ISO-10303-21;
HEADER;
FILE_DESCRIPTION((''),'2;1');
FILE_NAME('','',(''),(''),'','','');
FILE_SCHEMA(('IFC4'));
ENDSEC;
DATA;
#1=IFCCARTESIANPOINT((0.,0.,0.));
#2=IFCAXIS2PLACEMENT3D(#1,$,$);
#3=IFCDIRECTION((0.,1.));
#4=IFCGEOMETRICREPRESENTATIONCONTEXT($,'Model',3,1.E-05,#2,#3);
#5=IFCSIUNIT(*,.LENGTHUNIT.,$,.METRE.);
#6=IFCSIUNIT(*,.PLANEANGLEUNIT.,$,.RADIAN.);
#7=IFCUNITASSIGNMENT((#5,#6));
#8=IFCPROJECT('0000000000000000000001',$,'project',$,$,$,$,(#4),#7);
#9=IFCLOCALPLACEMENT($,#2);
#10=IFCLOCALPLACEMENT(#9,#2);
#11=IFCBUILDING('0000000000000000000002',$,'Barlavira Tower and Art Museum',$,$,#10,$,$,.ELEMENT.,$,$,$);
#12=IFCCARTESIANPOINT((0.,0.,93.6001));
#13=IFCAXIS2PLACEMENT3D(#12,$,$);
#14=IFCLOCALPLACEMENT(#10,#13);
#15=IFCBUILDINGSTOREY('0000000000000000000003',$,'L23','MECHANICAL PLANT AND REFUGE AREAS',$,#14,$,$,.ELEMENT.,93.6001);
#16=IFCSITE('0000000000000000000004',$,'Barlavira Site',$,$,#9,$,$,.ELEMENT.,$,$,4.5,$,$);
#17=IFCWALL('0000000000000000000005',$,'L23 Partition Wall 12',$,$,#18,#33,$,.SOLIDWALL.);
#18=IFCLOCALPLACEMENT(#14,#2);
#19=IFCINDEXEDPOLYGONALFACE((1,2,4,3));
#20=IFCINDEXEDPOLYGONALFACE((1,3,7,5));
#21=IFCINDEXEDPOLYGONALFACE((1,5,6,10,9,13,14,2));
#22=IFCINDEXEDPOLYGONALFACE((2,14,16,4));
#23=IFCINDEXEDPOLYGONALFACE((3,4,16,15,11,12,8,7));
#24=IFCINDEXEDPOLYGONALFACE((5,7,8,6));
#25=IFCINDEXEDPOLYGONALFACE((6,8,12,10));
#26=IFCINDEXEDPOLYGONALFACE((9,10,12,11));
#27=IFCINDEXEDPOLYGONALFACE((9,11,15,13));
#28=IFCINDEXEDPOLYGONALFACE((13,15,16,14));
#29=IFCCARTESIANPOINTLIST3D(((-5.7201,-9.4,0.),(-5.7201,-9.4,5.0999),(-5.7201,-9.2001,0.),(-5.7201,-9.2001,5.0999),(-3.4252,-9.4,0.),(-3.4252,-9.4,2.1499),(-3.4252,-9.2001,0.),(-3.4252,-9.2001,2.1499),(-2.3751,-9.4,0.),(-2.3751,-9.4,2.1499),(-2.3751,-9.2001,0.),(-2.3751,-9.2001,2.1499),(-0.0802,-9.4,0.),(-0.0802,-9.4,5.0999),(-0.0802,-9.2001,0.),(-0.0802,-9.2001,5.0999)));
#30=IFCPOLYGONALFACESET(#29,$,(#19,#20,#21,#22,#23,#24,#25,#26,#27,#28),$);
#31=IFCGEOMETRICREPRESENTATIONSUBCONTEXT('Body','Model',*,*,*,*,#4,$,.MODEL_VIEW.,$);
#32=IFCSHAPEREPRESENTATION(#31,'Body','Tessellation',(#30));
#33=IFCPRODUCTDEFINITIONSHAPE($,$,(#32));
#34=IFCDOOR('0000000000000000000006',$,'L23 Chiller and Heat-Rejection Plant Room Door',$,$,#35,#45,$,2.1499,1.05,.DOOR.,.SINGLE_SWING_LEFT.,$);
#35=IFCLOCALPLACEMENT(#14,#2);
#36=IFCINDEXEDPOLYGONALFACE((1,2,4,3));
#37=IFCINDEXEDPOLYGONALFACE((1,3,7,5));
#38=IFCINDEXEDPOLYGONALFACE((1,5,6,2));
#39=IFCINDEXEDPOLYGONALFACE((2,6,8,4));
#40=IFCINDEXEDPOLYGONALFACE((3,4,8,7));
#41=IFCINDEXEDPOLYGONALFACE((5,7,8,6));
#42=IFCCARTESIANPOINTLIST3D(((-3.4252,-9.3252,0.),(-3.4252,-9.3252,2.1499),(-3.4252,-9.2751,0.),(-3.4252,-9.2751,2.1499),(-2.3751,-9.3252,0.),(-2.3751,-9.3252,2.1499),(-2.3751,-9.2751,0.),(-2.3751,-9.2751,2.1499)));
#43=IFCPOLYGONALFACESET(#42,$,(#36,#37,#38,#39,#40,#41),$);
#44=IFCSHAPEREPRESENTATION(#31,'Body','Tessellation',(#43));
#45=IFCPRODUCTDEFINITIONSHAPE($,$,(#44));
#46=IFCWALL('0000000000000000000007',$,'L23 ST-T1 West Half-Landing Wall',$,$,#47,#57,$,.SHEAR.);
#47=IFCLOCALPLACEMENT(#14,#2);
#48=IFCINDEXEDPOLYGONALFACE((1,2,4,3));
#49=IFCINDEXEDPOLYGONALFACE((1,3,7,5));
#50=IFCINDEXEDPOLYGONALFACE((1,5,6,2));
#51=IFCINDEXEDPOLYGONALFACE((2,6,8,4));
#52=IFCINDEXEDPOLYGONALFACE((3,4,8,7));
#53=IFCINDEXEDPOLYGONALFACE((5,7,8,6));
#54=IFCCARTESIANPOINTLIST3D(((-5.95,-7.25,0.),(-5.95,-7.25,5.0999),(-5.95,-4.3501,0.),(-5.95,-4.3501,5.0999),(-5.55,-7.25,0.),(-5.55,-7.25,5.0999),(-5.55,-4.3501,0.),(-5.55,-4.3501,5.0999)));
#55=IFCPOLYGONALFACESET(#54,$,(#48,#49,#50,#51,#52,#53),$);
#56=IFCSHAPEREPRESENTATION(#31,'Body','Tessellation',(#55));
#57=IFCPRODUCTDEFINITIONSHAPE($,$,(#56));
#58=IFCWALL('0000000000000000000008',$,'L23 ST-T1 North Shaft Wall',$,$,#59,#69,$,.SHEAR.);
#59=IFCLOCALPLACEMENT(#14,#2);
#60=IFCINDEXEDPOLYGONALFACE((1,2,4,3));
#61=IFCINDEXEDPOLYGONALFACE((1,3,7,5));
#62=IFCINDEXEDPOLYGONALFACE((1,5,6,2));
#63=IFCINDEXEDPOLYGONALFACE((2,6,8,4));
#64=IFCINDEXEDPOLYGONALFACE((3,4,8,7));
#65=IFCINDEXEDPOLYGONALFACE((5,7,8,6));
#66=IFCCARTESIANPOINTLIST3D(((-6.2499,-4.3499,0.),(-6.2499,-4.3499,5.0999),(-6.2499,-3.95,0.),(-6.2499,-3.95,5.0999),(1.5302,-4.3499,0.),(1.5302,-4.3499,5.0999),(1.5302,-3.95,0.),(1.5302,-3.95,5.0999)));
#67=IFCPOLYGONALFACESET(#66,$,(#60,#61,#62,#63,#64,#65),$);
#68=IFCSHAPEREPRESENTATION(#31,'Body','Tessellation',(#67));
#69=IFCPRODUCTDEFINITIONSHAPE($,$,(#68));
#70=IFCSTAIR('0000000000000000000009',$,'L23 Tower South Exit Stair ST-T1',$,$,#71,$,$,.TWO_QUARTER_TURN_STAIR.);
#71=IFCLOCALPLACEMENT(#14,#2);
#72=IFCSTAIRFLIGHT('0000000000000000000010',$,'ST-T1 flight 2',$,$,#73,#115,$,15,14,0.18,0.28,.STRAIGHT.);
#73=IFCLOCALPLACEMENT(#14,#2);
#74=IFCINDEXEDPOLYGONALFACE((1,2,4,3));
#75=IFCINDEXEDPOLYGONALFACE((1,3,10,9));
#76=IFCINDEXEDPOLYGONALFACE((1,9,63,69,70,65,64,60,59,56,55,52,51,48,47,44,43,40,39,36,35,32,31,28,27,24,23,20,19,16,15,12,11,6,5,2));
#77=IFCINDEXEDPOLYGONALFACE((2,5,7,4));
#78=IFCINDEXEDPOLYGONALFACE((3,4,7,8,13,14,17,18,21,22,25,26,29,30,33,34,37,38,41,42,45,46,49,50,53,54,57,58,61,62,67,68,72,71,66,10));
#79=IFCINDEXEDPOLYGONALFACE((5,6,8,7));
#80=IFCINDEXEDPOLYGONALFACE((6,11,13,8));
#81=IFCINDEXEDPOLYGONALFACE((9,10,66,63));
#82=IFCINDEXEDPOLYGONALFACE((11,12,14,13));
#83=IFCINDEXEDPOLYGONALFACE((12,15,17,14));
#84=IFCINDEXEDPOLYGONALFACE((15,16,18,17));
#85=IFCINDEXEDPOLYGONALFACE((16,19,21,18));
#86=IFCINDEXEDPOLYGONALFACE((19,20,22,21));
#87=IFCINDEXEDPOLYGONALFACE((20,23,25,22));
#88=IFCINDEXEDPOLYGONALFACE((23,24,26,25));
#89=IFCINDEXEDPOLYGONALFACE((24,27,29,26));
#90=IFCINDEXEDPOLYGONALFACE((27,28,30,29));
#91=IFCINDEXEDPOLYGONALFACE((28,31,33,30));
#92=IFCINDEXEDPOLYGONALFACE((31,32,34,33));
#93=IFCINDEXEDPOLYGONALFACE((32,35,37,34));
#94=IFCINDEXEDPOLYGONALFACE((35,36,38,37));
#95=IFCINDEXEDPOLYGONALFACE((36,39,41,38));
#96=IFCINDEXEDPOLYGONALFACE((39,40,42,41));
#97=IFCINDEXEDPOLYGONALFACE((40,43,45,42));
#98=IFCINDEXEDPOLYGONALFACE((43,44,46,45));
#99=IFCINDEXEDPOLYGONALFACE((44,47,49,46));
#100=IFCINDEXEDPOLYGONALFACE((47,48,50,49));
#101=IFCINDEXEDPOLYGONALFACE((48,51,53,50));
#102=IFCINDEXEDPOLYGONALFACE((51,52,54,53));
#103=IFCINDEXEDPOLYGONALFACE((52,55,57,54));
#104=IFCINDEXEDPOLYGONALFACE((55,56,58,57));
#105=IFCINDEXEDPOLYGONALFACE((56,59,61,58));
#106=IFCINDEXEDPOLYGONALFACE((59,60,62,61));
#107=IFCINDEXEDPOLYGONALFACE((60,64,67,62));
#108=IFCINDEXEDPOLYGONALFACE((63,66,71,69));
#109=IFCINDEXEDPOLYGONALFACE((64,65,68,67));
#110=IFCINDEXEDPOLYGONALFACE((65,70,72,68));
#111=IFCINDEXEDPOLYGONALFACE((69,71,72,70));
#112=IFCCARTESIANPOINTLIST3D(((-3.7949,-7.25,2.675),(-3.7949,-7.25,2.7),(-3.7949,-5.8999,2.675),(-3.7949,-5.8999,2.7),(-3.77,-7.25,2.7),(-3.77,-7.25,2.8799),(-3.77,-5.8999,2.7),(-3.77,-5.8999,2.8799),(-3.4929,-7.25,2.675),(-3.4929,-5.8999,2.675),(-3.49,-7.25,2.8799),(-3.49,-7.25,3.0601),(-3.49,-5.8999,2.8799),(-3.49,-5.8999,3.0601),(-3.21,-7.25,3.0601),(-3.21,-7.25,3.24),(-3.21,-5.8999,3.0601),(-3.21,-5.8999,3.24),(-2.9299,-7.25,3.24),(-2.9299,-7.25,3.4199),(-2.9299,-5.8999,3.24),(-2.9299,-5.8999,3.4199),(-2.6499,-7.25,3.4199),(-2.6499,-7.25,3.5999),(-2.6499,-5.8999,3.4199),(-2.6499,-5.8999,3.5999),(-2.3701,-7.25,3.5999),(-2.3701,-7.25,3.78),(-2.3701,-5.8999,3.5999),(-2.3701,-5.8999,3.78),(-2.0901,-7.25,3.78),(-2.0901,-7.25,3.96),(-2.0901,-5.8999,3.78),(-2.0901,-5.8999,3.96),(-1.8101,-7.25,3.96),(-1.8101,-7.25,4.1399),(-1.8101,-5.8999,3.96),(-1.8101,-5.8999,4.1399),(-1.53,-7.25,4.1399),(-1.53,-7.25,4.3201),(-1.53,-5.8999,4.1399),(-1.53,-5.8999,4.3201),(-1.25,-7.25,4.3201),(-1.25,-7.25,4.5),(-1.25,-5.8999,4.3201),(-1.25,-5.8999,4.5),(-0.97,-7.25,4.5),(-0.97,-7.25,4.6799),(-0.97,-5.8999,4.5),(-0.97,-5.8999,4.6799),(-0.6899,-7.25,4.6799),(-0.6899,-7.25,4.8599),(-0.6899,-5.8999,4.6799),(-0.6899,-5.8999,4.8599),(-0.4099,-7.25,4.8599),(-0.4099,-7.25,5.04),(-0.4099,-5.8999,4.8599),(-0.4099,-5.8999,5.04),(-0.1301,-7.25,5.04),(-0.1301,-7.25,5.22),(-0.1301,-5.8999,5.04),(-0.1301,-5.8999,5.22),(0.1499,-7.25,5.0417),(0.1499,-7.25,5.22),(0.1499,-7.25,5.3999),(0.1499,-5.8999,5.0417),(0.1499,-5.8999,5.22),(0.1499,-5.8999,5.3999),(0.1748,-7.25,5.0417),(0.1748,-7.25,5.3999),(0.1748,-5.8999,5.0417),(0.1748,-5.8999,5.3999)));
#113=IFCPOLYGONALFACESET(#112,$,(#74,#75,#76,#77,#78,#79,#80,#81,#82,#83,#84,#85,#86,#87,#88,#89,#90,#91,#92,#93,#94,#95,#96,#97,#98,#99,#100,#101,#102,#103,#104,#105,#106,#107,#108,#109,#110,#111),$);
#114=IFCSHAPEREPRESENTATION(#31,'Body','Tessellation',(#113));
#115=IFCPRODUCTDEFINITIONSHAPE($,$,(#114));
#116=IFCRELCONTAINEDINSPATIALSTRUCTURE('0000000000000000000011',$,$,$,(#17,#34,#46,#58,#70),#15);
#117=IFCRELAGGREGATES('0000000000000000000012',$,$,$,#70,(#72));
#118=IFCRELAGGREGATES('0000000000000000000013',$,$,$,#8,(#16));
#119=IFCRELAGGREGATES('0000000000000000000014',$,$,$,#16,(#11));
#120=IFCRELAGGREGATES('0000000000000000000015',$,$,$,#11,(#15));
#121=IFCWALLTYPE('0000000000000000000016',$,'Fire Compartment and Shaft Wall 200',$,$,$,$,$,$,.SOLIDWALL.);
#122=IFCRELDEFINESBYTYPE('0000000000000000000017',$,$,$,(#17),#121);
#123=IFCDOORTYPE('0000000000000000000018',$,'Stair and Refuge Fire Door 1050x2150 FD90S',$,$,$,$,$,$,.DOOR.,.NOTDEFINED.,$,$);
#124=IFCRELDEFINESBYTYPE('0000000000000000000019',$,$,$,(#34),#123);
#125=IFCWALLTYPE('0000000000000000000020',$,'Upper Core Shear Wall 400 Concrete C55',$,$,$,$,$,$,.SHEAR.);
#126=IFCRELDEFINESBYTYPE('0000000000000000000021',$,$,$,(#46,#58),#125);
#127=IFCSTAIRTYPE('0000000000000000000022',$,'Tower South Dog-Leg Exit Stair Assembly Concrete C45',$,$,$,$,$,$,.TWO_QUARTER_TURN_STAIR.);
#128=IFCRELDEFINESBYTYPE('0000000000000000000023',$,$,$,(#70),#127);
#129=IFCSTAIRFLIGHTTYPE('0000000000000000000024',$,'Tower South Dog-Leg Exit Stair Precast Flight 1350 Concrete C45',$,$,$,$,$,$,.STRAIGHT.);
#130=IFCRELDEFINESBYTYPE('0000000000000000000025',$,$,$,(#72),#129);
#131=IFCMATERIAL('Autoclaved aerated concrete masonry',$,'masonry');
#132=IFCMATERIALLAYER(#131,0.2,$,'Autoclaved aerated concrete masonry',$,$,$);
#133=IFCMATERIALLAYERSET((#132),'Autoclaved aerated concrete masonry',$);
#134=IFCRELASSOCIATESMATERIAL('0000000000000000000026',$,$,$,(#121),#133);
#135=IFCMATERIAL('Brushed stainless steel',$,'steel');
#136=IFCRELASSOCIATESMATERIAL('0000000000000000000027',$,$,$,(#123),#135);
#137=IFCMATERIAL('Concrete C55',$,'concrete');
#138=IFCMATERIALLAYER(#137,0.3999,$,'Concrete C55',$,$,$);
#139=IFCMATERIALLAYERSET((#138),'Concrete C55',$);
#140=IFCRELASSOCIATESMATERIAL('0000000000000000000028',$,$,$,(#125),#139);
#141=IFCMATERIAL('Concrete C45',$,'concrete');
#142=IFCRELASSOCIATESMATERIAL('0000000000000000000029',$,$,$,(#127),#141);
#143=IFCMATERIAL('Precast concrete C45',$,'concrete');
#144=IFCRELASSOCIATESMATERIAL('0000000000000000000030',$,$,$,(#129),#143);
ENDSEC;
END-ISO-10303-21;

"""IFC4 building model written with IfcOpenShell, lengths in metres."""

from ifc_helpers import new_model, si_unit, direction, frame, frame_2d, origin, place, context, subcontext, project, spatial, polyline, rectangle, outline, extrude, material, layer, layer_set, type_object, element, fill, aggregate, save


model = new_model("IFC4")

# Units and contexts
model_context = context("Model", 3, precision=1e-05, world=origin(), true_north=direction((0.0, 1.0)))
body_context = subcontext(model_context, "Body", "Model", "MODEL_VIEW")
ifc_project = project(units=[si_unit("LENGTHUNIT", "METRE"), si_unit("PLANEANGLEUNIT", "RADIAN")], contexts=[model_context])

# Site, building, storey
site_placement = place(None, origin())
site = spatial("IfcSite", under=ifc_project, at=site_placement, Name="Barlavira Site", CompositionType="ELEMENT", RefElevation=4.5)
building_placement = place(site_placement, origin())
building = spatial("IfcBuilding", under=site, at=building_placement, Name="Barlavira Tower and Art Museum", CompositionType="ELEMENT")
storey_placement = place(building_placement, frame((0.0, 0.0, 93.6001)))
storey = spatial("IfcBuildingStorey", under=building, at=storey_placement, Name="L23", Description="MECHANICAL PLANT AND REFUGE AREAS", CompositionType="ELEMENT", Elevation=93.6001)

# Shared definitions
ifc_material_1 = material(Name="Autoclaved aerated concrete masonry", Category="masonry")
ifc_layer_1 = layer(ifc_material_1, 0.2, Name="Autoclaved aerated concrete masonry")
ifc_layer_set_1 = layer_set([ifc_layer_1], Name="Autoclaved aerated concrete masonry")
wall_type_1 = type_object("IfcWallType", Name="Fire Compartment and Shaft Wall 200", PredefinedType="SOLIDWALL", material=ifc_layer_set_1)

# Wall, opening, door
ifc_material_2 = material(Name="Brushed stainless steel", Category="steel")
door_type = type_object("IfcDoorType", Name="Stair and Refuge Fire Door 1050x2150 FD90S", OperationType="NOTDEFINED", PredefinedType="DOOR", material=ifc_material_2)
wall_1_placement = place(storey_placement, frame((-5.72, -9.3, 0.0), z_axis=(0.0, 0.0, 1.0), x_axis=(1.0, 0.0, 0.0)))
wall_1 = element("IfcWall", 1, at=wall_1_placement, inside=storey, type_object=wall_type_1, Name="L23 Partition Wall 12", PredefinedType="SOLIDWALL", context=body_context, shape_type="SweptSolid", body=[
    extrude(rectangle(XDim=5.6399, YDim=0.2, at=frame_2d((2.8198, 0.0))), origin(), (0.0, 0.0, 1.0), 5.0999),
])
opening_1_placement = place(wall_1_placement, frame((2.2949, 0.0, 0.0)))
opening_1 = element("IfcOpeningElement", 2, at=opening_1_placement, cuts=wall_1, PredefinedType="OPENING", context=body_context, shape_type="SweptSolid", body=[
    extrude(rectangle(XDim=1.05, YDim=2.1499, at=frame_2d((0.5249, 1.075))), frame((0.0, 0.1099, 0.0), z_axis=(0.0, -1.0, 0.0), x_axis=(1.0, 0.0, 0.0)), (0.0, 0.0, 1.0), 0.22),
])
door_1_placement = place(opening_1_placement, origin())
door_1 = element("IfcDoor", 3, at=door_1_placement, inside=storey, type_object=door_type, Name="L23 Chiller and Heat-Rejection Plant Room Door", OperationType="SINGLE_SWING_LEFT", OverallHeight=2.1499, OverallWidth=1.05, PredefinedType="DOOR", context=body_context, shape_type="SweptSolid", body=[
    extrude(rectangle(XDim=1.05, YDim=2.1499, at=frame_2d((0.5249, 1.075))), frame((0.0, 0.0249, 0.0), z_axis=(0.0, -1.0, 0.0), x_axis=(1.0, 0.0, 0.0)), (0.0, 0.0, 1.0), 0.05),
])
fill(opening_1, door_1)

# Walls
ifc_material_3 = material(Name="Concrete C55", Category="concrete")
ifc_layer_2 = layer(ifc_material_3, 0.3999, Name="Concrete C55")
ifc_layer_set_2 = layer_set([ifc_layer_2], Name="Concrete C55")
wall_type_2 = type_object("IfcWallType", Name="Upper Core Shear Wall 400 Concrete C55", PredefinedType="SHEAR", material=ifc_layer_set_2)
wall_2_placement = place(storey_placement, frame((-5.75, -7.25, 0.0), z_axis=(0.0, 0.0, 1.0), x_axis=(0.0, 1.0, 0.0)))
element("IfcWall", 4, at=wall_2_placement, inside=storey, type_object=wall_type_2, Name="L23 ST-T1 West Half-Landing Wall", PredefinedType="SHEAR", context=body_context, shape_type="SweptSolid", body=[
    extrude(rectangle(XDim=2.8999, YDim=0.3999, at=frame_2d((1.45, 0.0))), origin(), (0.0, 0.0, 1.0), 5.0999),
])
wall_3_placement = place(storey_placement, frame((-6.25, -4.1499, 0.0), z_axis=(0.0, 0.0, 1.0), x_axis=(1.0, 0.0, 0.0)))
element("IfcWall", 5, at=wall_3_placement, inside=storey, type_object=wall_type_2, Name="L23 ST-T1 North Shaft Wall", PredefinedType="SHEAR", context=body_context, shape_type="SweptSolid", body=[
    extrude(rectangle(XDim=7.78, YDim=0.3999, at=frame_2d((3.8901, 0.0))), origin(), (0.0, 0.0, 1.0), 5.0999),
])

# Stair, stair flight
ifc_material_4 = material(Name="Concrete C45", Category="concrete")
stair_type = type_object("IfcStairType", Name="Tower South Dog-Leg Exit Stair Assembly Concrete C45", PredefinedType="TWO_QUARTER_TURN_STAIR", material=ifc_material_4)
stair_placement = place(storey_placement, origin())
stair = element("IfcStair", 6, at=stair_placement, inside=storey, type_object=stair_type, Name="L23 Tower South Exit Stair ST-T1", PredefinedType="TWO_QUARTER_TURN_STAIR")
ifc_material_5 = material(Name="Precast concrete C45", Category="concrete")
stair_flight_type = type_object("IfcStairFlightType", Name="Tower South Dog-Leg Exit Stair Precast Flight 1350 Concrete C45", PredefinedType="STRAIGHT", material=ifc_material_5)
stair_flight_placement = place(storey_placement, frame((-3.77, -6.575, 2.7), z_axis=(0.0, 0.0, 1.0), x_axis=(1.0, 0.0, 0.0)))
stair_flight = element("IfcStairFlight", 7, at=stair_flight_placement, type_object=stair_flight_type, Name="ST-T1 flight 2", NumberOfRisers=15, NumberOfTreads=14, PredefinedType="STRAIGHT", RiserHeight=0.18, TreadLength=0.28, context=body_context, shape_type="SweptSolid", body=[
    extrude(outline(polyline([(-0.0249, 0.0), (0.0, 0.0), (0.0, 0.1799), (0.28, 0.1799), (0.28, 0.3601), (0.5601, 0.3601), (0.5601, 0.54), (0.8401, 0.54), (0.8401, 0.72), (1.1201, 0.72), (1.1201, 0.8999), (1.3999, 0.8999), (1.3999, 1.0801), (1.6799, 1.0801), (1.6799, 1.26), (1.96, 1.26), (1.96, 1.4399), (2.24, 1.4399), (2.24, 1.6201), (2.52, 1.6201), (2.52, 1.8), (2.8, 1.8), (2.8, 1.98), (3.0801, 1.98), (3.0801, 2.1599), (3.3601, 2.1599), (3.3601, 2.3401), (3.6399, 2.3401), (3.6399, 2.52), (3.9199, 2.52), (3.9199, 2.7), (3.9448, 2.7), (3.9448, 2.3418), (3.9199, 2.3418), (0.2771, -0.0249), (-0.0249, -0.0249), (-0.0249, 0.0)])), frame((0.0, 0.675, 0.0), z_axis=(0.0, -1.0, 0.0), x_axis=(1.0, 0.0, 0.0)), (0.0, 0.0, 1.0), 1.3501),
])
aggregate(stair, [stair_flight])

save(model, "model.ifc")
